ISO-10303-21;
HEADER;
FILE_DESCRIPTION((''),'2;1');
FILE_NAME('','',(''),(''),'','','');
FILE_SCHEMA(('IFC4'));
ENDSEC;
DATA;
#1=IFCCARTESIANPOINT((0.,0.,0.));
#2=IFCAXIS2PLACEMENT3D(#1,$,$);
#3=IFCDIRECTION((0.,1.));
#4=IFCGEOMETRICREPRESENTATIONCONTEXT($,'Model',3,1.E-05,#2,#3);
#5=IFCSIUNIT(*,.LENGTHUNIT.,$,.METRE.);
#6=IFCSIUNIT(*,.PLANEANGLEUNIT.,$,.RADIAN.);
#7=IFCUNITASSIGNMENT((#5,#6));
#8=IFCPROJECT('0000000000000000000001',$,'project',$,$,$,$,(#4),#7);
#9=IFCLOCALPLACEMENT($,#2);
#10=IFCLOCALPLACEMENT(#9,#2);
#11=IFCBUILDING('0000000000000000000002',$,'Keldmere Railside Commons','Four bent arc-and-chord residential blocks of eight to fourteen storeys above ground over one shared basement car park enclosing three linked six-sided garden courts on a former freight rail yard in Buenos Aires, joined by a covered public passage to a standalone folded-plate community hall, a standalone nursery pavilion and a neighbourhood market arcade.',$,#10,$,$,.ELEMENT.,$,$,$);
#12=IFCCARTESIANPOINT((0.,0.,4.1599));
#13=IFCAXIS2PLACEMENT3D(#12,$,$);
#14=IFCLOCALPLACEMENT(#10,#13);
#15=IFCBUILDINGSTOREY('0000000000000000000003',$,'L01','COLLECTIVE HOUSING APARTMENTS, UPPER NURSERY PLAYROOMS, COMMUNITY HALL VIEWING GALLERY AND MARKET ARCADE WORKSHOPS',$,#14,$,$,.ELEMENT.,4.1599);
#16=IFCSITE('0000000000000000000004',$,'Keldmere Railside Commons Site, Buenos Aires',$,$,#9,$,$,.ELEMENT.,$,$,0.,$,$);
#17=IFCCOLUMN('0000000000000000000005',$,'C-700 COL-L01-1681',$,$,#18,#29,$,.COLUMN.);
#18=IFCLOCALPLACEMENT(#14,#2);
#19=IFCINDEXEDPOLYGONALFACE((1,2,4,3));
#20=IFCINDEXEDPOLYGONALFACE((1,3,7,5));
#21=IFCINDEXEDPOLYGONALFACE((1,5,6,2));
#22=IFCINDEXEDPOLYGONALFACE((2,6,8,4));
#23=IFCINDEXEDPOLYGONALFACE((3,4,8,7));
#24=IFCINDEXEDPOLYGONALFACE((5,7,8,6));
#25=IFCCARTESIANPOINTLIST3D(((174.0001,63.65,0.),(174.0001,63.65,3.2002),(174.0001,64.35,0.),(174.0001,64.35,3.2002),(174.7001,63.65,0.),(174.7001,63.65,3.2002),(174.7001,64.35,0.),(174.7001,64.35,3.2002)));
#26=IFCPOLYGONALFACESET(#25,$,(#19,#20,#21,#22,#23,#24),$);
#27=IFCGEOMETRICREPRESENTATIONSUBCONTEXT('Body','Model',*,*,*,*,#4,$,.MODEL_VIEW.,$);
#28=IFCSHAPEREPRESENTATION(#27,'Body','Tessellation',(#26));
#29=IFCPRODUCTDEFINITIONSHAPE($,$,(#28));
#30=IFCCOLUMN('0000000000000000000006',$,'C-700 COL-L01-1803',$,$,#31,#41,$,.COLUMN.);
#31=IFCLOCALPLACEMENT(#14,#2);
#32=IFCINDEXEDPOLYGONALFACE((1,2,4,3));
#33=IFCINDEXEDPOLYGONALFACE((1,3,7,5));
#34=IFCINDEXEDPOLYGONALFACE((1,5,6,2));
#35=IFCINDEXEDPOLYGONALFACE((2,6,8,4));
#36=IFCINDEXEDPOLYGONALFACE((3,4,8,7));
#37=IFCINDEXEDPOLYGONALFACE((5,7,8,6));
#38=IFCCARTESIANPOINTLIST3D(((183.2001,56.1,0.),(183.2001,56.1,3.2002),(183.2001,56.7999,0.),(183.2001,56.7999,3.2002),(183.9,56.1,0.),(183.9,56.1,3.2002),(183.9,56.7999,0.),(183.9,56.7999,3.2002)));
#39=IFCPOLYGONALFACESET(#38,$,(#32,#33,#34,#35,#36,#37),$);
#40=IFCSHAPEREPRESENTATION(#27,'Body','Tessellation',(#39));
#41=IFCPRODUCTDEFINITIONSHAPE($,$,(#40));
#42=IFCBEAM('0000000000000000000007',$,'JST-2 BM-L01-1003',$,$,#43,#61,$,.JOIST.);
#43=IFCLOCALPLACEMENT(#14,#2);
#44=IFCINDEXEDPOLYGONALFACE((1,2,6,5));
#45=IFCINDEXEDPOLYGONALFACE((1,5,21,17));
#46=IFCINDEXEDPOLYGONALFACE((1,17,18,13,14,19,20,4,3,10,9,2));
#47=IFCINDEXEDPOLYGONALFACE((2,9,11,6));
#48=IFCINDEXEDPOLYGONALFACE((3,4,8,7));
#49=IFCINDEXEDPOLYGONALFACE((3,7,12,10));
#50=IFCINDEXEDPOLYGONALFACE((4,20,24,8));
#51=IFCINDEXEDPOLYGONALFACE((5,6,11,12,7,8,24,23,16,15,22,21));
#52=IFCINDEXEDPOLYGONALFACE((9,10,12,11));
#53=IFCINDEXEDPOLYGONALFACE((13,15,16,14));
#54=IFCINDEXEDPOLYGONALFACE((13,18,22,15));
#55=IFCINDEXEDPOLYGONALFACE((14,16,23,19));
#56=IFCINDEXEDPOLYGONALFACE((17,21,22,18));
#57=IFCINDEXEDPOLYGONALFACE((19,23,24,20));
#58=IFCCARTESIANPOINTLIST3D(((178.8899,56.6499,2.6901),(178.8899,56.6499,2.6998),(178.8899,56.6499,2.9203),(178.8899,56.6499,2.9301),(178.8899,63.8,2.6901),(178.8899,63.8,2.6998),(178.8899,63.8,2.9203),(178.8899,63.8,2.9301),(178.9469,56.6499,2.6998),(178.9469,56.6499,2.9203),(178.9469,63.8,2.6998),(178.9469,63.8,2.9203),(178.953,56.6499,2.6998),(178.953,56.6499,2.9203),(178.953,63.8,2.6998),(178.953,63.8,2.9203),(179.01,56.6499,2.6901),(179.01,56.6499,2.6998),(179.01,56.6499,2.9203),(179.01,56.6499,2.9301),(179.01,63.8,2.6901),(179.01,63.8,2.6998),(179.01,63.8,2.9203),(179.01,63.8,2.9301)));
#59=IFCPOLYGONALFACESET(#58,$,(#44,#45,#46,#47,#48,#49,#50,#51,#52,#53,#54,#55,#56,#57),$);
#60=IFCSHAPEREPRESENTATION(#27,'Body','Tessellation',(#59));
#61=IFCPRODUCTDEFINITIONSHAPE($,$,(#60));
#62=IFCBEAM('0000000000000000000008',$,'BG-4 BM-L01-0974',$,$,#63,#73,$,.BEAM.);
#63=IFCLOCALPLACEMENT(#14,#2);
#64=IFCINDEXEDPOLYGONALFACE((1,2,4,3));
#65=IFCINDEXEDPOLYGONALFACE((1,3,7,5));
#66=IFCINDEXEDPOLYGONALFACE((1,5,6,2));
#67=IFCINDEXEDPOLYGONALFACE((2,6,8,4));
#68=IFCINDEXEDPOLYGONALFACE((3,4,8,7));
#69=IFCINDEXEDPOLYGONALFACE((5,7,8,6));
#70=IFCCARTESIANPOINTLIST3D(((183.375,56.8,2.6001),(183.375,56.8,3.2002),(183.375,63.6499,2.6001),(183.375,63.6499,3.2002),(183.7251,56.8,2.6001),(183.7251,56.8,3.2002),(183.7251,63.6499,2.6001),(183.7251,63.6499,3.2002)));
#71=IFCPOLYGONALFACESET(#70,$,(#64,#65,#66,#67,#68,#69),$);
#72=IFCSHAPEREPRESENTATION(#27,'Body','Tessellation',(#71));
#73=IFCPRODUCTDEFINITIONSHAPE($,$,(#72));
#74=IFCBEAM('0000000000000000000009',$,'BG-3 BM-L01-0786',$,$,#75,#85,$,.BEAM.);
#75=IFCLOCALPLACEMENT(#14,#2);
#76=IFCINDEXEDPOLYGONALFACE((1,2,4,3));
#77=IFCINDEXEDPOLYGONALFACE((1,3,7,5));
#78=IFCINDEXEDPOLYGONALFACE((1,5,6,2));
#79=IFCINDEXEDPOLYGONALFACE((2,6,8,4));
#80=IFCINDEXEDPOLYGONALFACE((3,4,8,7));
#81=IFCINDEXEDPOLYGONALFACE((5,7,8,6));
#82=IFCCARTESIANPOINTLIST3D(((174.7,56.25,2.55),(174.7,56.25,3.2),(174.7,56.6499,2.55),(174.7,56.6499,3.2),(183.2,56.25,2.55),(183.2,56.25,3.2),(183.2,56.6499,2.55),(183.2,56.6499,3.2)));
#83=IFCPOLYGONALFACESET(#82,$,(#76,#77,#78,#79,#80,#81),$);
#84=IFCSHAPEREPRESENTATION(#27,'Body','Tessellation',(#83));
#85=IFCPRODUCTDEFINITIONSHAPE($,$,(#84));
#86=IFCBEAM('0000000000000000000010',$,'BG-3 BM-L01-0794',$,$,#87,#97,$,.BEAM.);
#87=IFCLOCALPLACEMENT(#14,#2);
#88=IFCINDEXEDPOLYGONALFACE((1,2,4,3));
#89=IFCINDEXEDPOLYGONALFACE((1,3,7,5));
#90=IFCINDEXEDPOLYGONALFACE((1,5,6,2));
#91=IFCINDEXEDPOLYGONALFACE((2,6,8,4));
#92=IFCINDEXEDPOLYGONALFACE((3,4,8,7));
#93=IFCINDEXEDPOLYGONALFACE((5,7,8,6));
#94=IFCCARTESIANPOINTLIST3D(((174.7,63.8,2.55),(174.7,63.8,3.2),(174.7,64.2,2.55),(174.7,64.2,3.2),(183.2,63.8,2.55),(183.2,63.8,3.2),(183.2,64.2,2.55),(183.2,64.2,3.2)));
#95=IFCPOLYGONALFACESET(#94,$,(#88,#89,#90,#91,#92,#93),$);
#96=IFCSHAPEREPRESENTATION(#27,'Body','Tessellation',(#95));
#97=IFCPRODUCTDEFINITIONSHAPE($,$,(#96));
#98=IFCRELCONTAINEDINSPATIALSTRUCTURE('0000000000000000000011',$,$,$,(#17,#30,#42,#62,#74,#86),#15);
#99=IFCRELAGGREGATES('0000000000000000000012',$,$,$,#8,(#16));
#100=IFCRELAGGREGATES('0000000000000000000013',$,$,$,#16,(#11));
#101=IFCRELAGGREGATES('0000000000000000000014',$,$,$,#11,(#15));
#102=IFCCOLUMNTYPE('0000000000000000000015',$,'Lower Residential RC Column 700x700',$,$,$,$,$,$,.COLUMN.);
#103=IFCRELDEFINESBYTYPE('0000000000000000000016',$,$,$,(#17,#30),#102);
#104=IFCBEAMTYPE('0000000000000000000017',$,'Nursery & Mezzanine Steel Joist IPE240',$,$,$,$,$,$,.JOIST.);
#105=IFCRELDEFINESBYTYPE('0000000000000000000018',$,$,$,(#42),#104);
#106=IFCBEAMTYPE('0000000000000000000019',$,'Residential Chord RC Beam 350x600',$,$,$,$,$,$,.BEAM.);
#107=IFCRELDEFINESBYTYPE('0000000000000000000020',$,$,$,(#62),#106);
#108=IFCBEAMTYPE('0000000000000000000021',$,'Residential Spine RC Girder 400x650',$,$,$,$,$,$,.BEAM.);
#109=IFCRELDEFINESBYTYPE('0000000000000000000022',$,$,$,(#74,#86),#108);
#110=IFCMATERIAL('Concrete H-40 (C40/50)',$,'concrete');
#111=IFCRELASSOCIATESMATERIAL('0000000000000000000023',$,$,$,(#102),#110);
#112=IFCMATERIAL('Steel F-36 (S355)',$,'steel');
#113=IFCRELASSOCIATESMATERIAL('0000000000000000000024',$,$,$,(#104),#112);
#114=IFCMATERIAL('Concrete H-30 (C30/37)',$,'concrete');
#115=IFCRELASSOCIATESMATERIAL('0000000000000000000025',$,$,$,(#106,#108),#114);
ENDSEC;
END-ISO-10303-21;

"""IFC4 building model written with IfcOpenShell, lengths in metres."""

from ifc_helpers import new_model, si_unit, direction, frame, origin, origin_2d, place, context, subcontext, project, spatial, rectangle, i_section, extrude, material, material_profile, profile_set, type_object, element, save


model = new_model("IFC4")

# Units and contexts
model_context = context("Model", 3, precision=1e-05, world=origin(), true_north=direction((0.0, 1.0)))
body_context = subcontext(model_context, "Body", "Model", "MODEL_VIEW")
ifc_project = project(units=[si_unit("LENGTHUNIT", "METRE"), si_unit("PLANEANGLEUNIT", "RADIAN")], contexts=[model_context])

# Site, building, storey
site_placement = place(None, origin())
site = spatial("IfcSite", under=ifc_project, at=site_placement, Name="Keldmere Railside Commons Site, Buenos Aires", CompositionType="ELEMENT", RefElevation=0.0)
building_placement = place(site_placement, origin())
building = spatial("IfcBuilding", under=site, at=building_placement, Name="Keldmere Railside Commons", Description="Four bent arc-and-chord residential blocks of eight to fourteen storeys above ground over one shared basement car park enclosing three linked six-sided garden courts on a former freight rail yard in Buenos Aires, joined by a covered public passage to a standalone folded-plate community hall, a standalone nursery pavilion and a neighbourhood market arcade.", CompositionType="ELEMENT")
storey_placement = place(building_placement, frame((0.0, 0.0, 4.1599)))
storey = spatial("IfcBuildingStorey", under=building, at=storey_placement, Name="L01", Description="COLLECTIVE HOUSING APARTMENTS, UPPER NURSERY PLAYROOMS, COMMUNITY HALL VIEWING GALLERY AND MARKET ARCADE WORKSHOPS", CompositionType="ELEMENT", Elevation=4.1599)

# Columns
ifc_material_1 = material(Name="Concrete H-40 (C40/50)", Category="concrete")
ifc_material_profile_1 = material_profile(ifc_material_1, rectangle(XDim=0.7, YDim=0.7, at=origin_2d()), Name="RC-700x700")
ifc_profile_set_1 = profile_set([ifc_material_profile_1], Name="Concrete H-40 (C40/50)")
column_type = type_object("IfcColumnType", Name="Lower Residential RC Column 700x700", PredefinedType="COLUMN", material=ifc_profile_set_1)
for number, where, z_axis, x_axis, name in (
    (1, (174.3501, 64.0, 0.0), (0.0, 0.0, 1.0), (1.0, 0.0, 0.0), "C-700 COL-L01-1681"),
    (2, (183.55, 56.45, 0.0), (0.0, 0.0, 1.0), (1.0, 0.0, 0.0), "C-700 COL-L01-1803"),
):
    element("IfcColumn", number, at=place(storey_placement, frame(where, z_axis=z_axis, x_axis=x_axis)), inside=storey, type_object=column_type, Name=name, PredefinedType="COLUMN", context=body_context, shape_type="SweptSolid", body=[
        extrude(rectangle(XDim=0.7, YDim=0.7, at=origin_2d()), origin(), (0.0, 0.0, 1.0), 3.2002),
    ])

# Beams
ifc_material_2 = material(Name="Steel F-36 (S355)", Category="steel")
ifc_material_profile_2 = material_profile(ifc_material_2, i_section(OverallWidth=0.1201, OverallDepth=0.24, WebThickness=0.0061, FlangeThickness=0.0098, at=origin_2d()), Name="IPE-240")
ifc_profile_set_2 = profile_set([ifc_material_profile_2], Name="Steel F-36 (S355)")
beam_type_1 = type_object("IfcBeamType", Name="Nursery & Mezzanine Steel Joist IPE240", PredefinedType="JOIST", material=ifc_profile_set_2)
beam_1_placement = place(storey_placement, frame((178.95, 56.6499, 2.8101), z_axis=(0.0, 1.0, 0.0), x_axis=(-1.0, 0.0, 0.0)))
element("IfcBeam", 3, at=beam_1_placement, inside=storey, type_object=beam_type_1, Name="JST-2 BM-L01-1003", PredefinedType="JOIST", context=body_context, shape_type="SweptSolid", body=[
    extrude(i_section(OverallWidth=0.1201, OverallDepth=0.24, WebThickness=0.0061, FlangeThickness=0.0098, at=origin_2d()), origin(), (0.0, 0.0, 1.0), 7.1501),
])
ifc_material_3 = material(Name="Concrete H-30 (C30/37)", Category="concrete")
ifc_material_profile_3 = material_profile(ifc_material_3, rectangle(XDim=0.3501, YDim=0.6001, at=origin_2d()), Name="RC-350x600")
ifc_profile_set_3 = profile_set([ifc_material_profile_3], Name="Concrete H-30 (C30/37)")
beam_type_2 = type_object("IfcBeamType", Name="Residential Chord RC Beam 350x600", PredefinedType="BEAM", material=ifc_profile_set_3)
beam_2_placement = place(storey_placement, frame((183.55, 56.8, 2.9001), z_axis=(0.0, 1.0, 0.0), x_axis=(-1.0, 0.0, 0.0)))
element("IfcBeam", 4, at=beam_2_placement, inside=storey, type_object=beam_type_2, Name="BG-4 BM-L01-0974", PredefinedType="BEAM", context=body_context, shape_type="SweptSolid", body=[
    extrude(rectangle(XDim=0.3501, YDim=0.6001, at=origin_2d()), origin(), (0.0, 0.0, 1.0), 6.8499),
])
ifc_material_profile_4 = material_profile(ifc_material_3, rectangle(XDim=0.3999, YDim=0.6499, at=origin_2d()), Name="RC-400x650")
ifc_profile_set_4 = profile_set([ifc_material_profile_4], Name="Concrete H-30 (C30/37)")
beam_type_3 = type_object("IfcBeamType", Name="Residential Spine RC Girder 400x650", PredefinedType="BEAM", material=ifc_profile_set_4)
for number, where, z_axis, x_axis, name in (
    (5, (174.7, 56.45, 2.875), (1.0, 0.0, 0.0), (0.0, 1.0, 0.0), "BG-3 BM-L01-0786"),
    (6, (174.7, 64.0, 2.875), (1.0, 0.0, 0.0), (0.0, 1.0, 0.0), "BG-3 BM-L01-0794"),
):
    element("IfcBeam", number, at=place(storey_placement, frame(where, z_axis=z_axis, x_axis=x_axis)), inside=storey, type_object=beam_type_3, Name=name, PredefinedType="BEAM", context=body_context, shape_type="SweptSolid", body=[
        extrude(rectangle(XDim=0.3999, YDim=0.6499, at=origin_2d()), origin(), (0.0, 0.0, 1.0), 8.5),
    ])

save(model, "model.ifc")
